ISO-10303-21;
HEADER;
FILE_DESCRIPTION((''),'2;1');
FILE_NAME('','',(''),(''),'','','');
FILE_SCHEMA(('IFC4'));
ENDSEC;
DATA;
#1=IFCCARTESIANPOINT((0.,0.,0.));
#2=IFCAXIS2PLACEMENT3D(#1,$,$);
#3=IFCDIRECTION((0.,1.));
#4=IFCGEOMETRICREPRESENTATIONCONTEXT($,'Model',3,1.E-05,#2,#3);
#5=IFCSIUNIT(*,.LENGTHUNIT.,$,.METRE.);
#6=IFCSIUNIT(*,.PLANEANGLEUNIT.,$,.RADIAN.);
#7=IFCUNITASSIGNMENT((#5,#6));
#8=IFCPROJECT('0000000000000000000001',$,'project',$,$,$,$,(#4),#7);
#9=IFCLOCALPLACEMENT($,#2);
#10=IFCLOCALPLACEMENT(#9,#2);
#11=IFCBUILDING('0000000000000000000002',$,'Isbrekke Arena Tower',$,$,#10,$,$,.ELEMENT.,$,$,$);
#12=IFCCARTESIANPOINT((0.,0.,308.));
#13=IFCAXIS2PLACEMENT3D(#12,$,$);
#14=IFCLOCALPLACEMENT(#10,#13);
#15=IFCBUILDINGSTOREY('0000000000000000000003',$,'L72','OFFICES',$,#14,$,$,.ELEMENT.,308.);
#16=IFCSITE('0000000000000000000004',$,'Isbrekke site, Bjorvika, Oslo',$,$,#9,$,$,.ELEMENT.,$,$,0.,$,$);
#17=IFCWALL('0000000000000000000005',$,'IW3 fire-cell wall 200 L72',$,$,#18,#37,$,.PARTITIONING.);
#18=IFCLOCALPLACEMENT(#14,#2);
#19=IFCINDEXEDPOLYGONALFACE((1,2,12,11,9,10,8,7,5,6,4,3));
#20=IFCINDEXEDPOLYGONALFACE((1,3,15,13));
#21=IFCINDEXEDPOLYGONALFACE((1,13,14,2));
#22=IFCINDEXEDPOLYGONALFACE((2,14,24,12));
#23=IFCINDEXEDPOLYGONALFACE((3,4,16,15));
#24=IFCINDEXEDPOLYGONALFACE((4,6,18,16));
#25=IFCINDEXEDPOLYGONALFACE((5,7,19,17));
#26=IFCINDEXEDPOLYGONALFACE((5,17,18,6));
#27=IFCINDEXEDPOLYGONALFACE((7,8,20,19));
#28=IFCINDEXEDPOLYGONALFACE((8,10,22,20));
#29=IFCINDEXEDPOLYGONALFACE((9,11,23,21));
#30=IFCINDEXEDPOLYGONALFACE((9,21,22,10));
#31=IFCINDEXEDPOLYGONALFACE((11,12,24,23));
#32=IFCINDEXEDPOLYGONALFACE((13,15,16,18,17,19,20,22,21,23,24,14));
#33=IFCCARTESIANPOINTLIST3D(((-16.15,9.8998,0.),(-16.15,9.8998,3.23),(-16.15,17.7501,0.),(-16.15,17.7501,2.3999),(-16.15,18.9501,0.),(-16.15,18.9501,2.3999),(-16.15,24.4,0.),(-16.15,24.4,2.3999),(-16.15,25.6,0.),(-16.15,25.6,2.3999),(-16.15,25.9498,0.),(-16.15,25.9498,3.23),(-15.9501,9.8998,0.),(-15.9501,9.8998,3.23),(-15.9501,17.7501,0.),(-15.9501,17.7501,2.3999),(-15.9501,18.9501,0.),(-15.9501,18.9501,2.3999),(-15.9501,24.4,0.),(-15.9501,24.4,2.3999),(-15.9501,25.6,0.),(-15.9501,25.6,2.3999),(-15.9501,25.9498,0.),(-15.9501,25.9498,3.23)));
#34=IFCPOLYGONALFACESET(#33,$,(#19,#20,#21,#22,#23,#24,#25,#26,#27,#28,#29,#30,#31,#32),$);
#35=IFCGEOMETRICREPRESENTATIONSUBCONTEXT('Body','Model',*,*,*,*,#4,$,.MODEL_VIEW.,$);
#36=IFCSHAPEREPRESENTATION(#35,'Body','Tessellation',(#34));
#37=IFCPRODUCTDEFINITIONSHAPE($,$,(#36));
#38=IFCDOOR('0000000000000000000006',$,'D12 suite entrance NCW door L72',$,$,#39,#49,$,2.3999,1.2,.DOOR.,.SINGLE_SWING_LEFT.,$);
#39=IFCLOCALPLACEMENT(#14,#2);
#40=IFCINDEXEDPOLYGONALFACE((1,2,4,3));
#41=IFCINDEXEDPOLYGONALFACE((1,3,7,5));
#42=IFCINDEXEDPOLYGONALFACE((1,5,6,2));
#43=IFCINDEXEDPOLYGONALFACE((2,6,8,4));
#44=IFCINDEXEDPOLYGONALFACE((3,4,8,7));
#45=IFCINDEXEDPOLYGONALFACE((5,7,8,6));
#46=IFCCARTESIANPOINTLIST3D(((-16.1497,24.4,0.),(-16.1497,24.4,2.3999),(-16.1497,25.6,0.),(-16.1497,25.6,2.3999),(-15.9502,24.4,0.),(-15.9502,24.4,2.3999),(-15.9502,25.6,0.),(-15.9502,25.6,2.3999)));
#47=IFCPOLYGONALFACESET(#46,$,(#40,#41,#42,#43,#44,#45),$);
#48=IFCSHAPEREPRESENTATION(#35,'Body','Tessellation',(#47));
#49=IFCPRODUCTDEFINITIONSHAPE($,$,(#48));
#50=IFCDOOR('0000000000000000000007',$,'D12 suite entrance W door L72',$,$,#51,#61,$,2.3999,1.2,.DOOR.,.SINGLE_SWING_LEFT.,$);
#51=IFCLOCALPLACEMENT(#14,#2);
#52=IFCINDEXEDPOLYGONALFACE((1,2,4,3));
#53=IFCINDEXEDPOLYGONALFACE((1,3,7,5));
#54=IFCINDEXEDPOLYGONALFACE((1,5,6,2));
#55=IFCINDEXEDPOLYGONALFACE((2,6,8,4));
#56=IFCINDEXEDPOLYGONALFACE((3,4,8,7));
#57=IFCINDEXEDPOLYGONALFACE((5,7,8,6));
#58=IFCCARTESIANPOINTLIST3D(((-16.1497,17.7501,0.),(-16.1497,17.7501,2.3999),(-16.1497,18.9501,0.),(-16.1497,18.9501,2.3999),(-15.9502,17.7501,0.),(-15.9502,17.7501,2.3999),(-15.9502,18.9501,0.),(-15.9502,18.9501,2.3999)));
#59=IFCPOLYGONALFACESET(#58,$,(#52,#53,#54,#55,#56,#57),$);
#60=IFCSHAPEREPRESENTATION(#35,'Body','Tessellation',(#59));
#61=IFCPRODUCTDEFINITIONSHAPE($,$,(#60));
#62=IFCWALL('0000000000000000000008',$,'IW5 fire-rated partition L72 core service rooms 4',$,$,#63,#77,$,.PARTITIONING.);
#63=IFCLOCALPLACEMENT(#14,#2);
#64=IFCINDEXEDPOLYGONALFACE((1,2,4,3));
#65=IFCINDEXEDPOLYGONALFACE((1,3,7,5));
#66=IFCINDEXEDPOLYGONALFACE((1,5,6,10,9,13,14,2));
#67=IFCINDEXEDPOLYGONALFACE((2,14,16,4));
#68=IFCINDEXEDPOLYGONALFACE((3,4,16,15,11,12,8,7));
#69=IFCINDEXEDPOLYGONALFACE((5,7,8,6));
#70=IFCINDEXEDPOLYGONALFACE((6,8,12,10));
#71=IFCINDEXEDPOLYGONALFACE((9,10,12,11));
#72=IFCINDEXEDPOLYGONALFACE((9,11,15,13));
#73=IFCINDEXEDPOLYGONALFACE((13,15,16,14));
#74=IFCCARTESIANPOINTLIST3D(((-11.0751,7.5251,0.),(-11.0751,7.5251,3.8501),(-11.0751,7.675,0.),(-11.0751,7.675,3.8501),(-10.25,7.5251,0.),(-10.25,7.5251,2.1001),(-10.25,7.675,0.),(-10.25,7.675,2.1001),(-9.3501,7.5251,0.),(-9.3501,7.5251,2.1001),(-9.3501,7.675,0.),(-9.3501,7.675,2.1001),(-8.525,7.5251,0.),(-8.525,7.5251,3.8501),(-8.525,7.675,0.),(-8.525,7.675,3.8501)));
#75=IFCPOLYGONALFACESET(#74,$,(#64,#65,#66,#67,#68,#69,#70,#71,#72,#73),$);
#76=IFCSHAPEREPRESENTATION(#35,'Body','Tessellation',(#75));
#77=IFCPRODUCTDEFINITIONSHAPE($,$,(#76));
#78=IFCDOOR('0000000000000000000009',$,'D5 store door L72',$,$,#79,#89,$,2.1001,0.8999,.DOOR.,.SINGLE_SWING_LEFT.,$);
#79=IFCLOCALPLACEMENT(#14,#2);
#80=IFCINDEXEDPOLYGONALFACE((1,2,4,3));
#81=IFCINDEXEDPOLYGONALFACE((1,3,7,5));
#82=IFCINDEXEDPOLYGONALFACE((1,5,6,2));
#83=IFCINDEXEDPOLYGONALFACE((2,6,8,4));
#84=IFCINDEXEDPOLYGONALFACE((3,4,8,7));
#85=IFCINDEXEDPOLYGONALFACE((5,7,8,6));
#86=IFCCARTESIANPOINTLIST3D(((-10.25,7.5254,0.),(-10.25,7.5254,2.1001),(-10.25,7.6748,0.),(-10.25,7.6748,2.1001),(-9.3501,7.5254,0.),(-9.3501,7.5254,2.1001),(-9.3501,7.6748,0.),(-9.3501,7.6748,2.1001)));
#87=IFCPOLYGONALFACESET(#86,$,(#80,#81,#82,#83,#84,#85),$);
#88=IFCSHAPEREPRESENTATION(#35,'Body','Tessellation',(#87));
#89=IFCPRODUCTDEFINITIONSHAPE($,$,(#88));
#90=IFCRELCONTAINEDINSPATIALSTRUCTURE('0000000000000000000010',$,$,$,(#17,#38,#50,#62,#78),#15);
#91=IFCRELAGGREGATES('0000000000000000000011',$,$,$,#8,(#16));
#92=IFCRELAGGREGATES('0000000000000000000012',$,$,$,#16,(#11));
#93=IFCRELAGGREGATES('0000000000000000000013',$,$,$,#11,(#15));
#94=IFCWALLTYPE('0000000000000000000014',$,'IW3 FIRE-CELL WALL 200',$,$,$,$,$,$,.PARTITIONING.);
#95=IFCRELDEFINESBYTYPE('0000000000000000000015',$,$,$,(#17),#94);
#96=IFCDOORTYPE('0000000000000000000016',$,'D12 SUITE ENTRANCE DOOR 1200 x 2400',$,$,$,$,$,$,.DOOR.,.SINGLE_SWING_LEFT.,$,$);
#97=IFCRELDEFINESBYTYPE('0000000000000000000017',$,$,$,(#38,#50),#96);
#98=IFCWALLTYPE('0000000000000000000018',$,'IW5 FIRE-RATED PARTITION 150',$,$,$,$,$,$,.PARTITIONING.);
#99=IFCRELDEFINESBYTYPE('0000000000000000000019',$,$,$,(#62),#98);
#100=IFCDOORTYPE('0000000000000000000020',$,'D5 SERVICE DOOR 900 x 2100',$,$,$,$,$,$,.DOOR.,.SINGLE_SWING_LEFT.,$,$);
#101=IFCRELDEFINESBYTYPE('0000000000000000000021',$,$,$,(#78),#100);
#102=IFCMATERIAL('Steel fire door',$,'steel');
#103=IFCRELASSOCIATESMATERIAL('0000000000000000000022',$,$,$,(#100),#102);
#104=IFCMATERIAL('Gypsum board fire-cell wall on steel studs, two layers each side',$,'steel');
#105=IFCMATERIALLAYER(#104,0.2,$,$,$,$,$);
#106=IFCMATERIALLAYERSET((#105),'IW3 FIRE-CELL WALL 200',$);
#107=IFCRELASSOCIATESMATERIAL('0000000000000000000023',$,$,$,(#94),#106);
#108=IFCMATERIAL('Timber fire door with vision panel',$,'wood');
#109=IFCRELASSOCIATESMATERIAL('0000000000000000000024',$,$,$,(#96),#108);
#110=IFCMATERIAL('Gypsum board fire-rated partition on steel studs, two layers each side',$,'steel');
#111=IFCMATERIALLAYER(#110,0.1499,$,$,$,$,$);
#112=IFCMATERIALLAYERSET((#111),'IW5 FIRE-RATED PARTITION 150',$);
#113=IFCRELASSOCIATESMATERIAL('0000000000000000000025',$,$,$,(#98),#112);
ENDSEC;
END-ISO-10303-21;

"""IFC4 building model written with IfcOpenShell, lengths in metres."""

from ifc_helpers import new_model, si_unit, direction, frame, frame_2d, origin, place, context, subcontext, project, spatial, rectangle, extrude, material, layer, layer_set, type_object, element, fill, save


model = new_model("IFC4")

# Units and contexts
model_context = context("Model", 3, precision=1e-05, world=origin(), true_north=direction((0.0, 1.0)))
body_context = subcontext(model_context, "Body", "Model", "MODEL_VIEW")
ifc_project = project(units=[si_unit("LENGTHUNIT", "METRE"), si_unit("PLANEANGLEUNIT", "RADIAN")], contexts=[model_context])

# Site, building, storey
site_placement = place(None, origin())
site = spatial("IfcSite", under=ifc_project, at=site_placement, Name="Isbrekke site, Bjorvika, Oslo", CompositionType="ELEMENT", RefElevation=0.0)
building_placement = place(site_placement, origin())
building = spatial("IfcBuilding", under=site, at=building_placement, Name="Isbrekke Arena Tower", CompositionType="ELEMENT")
storey_placement = place(building_placement, frame((0.0, 0.0, 308.0)))
storey = spatial("IfcBuildingStorey", under=building, at=storey_placement, Name="L72", Description="OFFICES", CompositionType="ELEMENT", Elevation=308.0)

# Wall, openings, doors
ifc_material_1 = material(Name="Steel fire door", Category="steel")
door_type_1 = type_object("IfcDoorType", Name="D5 SERVICE DOOR 900 x 2100", OperationType="SINGLE_SWING_LEFT", PredefinedType="DOOR", material=ifc_material_1)
ifc_material_2 = material(Name="Gypsum board fire-cell wall on steel studs, two layers each side", Category="steel")
ifc_layer_1 = layer(ifc_material_2, 0.2)
ifc_layer_set_1 = layer_set([ifc_layer_1], Name="IW3 FIRE-CELL WALL 200")
wall_type_1 = type_object("IfcWallType", Name="IW3 FIRE-CELL WALL 200", PredefinedType="PARTITIONING", material=ifc_layer_set_1)
wall_1_placement = place(storey_placement, frame((-16.05, 9.8999, 0.0), z_axis=(0.0, 0.0, 1.0), x_axis=(0.0, 1.0, 0.0)))
wall_1 = element("IfcWall", 1, at=wall_1_placement, inside=storey, type_object=wall_type_1, Name="IW3 fire-cell wall 200 L72", PredefinedType="PARTITIONING", context=body_context, shape_type="SweptSolid", body=[
    extrude(rectangle(XDim=16.05, YDim=0.2, at=frame_2d((8.0249, 0.0))), origin(), (0.0, 0.0, 1.0), 3.23),
])
opening_1_placement = place(wall_1_placement, frame((14.5, 0.0, 0.0)))
opening_1 = element("IfcOpeningElement", 2, at=opening_1_placement, cuts=wall_1, PredefinedType="OPENING", context=body_context, shape_type="SweptSolid", body=[
    extrude(rectangle(XDim=1.2, YDim=2.3999, at=frame_2d((0.6001, 1.2))), frame((0.0, 0.1147, 0.0), z_axis=(0.0, -1.0, 0.0), x_axis=(1.0, 0.0, 0.0)), (0.0, 0.0, 1.0), 0.2297),
])
opening_2_placement = place(wall_1_placement, frame((7.8501, 0.0, 0.0)))
opening_2 = element("IfcOpeningElement", 3, at=opening_2_placement, cuts=wall_1, PredefinedType="OPENING", context=body_context, shape_type="SweptSolid", body=[
    extrude(rectangle(XDim=1.2, YDim=2.3999, at=frame_2d((0.6001, 1.2))), frame((0.0, 0.1147, 0.0), z_axis=(0.0, -1.0, 0.0), x_axis=(1.0, 0.0, 0.0)), (0.0, 0.0, 1.0), 0.2297),
])
ifc_material_3 = material(Name="Timber fire door with vision panel", Category="wood")
door_type_2 = type_object("IfcDoorType", Name="D12 SUITE ENTRANCE DOOR 1200 x 2400", OperationType="SINGLE_SWING_LEFT", PredefinedType="DOOR", material=ifc_material_3)
door_1_placement = place(opening_1_placement, origin())
door_1 = element("IfcDoor", 4, at=door_1_placement, inside=storey, type_object=door_type_2, Name="D12 suite entrance NCW door L72", OperationType="SINGLE_SWING_LEFT", OverallHeight=2.3999, OverallWidth=1.2, PredefinedType="DOOR", context=body_context, shape_type="SweptSolid", body=[
    extrude(rectangle(XDim=1.2, YDim=2.3999, at=frame_2d((0.6001, 1.2))), frame((0.0, 0.0996, 0.0), z_axis=(0.0, -1.0, 0.0), x_axis=(1.0, 0.0, 0.0)), (0.0, 0.0, 1.0), 0.1995),
])
fill(opening_1, door_1)
door_2_placement = place(opening_2_placement, origin())
door_2 = element("IfcDoor", 5, at=door_2_placement, inside=storey, type_object=door_type_2, Name="D12 suite entrance W door L72", OperationType="SINGLE_SWING_LEFT", OverallHeight=2.3999, OverallWidth=1.2, PredefinedType="DOOR", context=body_context, shape_type="SweptSolid", body=[
    extrude(rectangle(XDim=1.2, YDim=2.3999, at=frame_2d((0.6001, 1.2))), frame((0.0, 0.0996, 0.0), z_axis=(0.0, -1.0, 0.0), x_axis=(1.0, 0.0, 0.0)), (0.0, 0.0, 1.0), 0.1995),
])
fill(opening_2, door_2)

# Wall, opening, door
ifc_material_4 = material(Name="Gypsum board fire-rated partition on steel studs, two layers each side", Category="steel")
ifc_layer_2 = layer(ifc_material_4, 0.1499)
ifc_layer_set_2 = layer_set([ifc_layer_2], Name="IW5 FIRE-RATED PARTITION 150")
wall_type_2 = type_object("IfcWallType", Name="IW5 FIRE-RATED PARTITION 150", PredefinedType="PARTITIONING", material=ifc_layer_set_2)
wall_2_placement = place(storey_placement, frame((-11.075, 7.6001, 0.0), z_axis=(0.0, 0.0, 1.0), x_axis=(1.0, 0.0, 0.0)))
wall_2 = element("IfcWall", 6, at=wall_2_placement, inside=storey, type_object=wall_type_2, Name="IW5 fire-rated partition L72 core service rooms 4", PredefinedType="PARTITIONING", context=body_context, shape_type="SweptSolid", body=[
    extrude(rectangle(XDim=2.55, YDim=0.1499, at=frame_2d((1.2749, 0.0))), origin(), (0.0, 0.0, 1.0), 3.8501),
])
opening_3_placement = place(wall_2_placement, frame((0.825, 0.0, 0.0)))
opening_3 = element("IfcOpeningElement", 7, at=opening_3_placement, cuts=wall_2, PredefinedType="OPENING", context=body_context, shape_type="SweptSolid", body=[
    extrude(rectangle(XDim=0.8999, YDim=2.1001, at=frame_2d((0.45, 1.05))), frame((0.0, 0.0898, 0.0), z_axis=(0.0, -1.0, 0.0), x_axis=(1.0, 0.0, 0.0)), (0.0, 0.0, 1.0), 0.1797),
])
door_3_placement = place(opening_3_placement, origin())
door_3 = element("IfcDoor", 8, at=door_3_placement, inside=storey, type_object=door_type_1, Name="D5 store door L72", OperationType="SINGLE_SWING_LEFT", OverallHeight=2.1001, OverallWidth=0.8999, PredefinedType="DOOR", context=body_context, shape_type="SweptSolid", body=[
    extrude(rectangle(XDim=0.8999, YDim=2.1001, at=frame_2d((0.45, 1.05))), frame((0.0, 0.0747, 0.0), z_axis=(0.0, -1.0, 0.0), x_axis=(1.0, 0.0, 0.0)), (0.0, 0.0, 1.0), 0.1494),
])
fill(opening_3, door_3)

save(model, "model.ifc")
